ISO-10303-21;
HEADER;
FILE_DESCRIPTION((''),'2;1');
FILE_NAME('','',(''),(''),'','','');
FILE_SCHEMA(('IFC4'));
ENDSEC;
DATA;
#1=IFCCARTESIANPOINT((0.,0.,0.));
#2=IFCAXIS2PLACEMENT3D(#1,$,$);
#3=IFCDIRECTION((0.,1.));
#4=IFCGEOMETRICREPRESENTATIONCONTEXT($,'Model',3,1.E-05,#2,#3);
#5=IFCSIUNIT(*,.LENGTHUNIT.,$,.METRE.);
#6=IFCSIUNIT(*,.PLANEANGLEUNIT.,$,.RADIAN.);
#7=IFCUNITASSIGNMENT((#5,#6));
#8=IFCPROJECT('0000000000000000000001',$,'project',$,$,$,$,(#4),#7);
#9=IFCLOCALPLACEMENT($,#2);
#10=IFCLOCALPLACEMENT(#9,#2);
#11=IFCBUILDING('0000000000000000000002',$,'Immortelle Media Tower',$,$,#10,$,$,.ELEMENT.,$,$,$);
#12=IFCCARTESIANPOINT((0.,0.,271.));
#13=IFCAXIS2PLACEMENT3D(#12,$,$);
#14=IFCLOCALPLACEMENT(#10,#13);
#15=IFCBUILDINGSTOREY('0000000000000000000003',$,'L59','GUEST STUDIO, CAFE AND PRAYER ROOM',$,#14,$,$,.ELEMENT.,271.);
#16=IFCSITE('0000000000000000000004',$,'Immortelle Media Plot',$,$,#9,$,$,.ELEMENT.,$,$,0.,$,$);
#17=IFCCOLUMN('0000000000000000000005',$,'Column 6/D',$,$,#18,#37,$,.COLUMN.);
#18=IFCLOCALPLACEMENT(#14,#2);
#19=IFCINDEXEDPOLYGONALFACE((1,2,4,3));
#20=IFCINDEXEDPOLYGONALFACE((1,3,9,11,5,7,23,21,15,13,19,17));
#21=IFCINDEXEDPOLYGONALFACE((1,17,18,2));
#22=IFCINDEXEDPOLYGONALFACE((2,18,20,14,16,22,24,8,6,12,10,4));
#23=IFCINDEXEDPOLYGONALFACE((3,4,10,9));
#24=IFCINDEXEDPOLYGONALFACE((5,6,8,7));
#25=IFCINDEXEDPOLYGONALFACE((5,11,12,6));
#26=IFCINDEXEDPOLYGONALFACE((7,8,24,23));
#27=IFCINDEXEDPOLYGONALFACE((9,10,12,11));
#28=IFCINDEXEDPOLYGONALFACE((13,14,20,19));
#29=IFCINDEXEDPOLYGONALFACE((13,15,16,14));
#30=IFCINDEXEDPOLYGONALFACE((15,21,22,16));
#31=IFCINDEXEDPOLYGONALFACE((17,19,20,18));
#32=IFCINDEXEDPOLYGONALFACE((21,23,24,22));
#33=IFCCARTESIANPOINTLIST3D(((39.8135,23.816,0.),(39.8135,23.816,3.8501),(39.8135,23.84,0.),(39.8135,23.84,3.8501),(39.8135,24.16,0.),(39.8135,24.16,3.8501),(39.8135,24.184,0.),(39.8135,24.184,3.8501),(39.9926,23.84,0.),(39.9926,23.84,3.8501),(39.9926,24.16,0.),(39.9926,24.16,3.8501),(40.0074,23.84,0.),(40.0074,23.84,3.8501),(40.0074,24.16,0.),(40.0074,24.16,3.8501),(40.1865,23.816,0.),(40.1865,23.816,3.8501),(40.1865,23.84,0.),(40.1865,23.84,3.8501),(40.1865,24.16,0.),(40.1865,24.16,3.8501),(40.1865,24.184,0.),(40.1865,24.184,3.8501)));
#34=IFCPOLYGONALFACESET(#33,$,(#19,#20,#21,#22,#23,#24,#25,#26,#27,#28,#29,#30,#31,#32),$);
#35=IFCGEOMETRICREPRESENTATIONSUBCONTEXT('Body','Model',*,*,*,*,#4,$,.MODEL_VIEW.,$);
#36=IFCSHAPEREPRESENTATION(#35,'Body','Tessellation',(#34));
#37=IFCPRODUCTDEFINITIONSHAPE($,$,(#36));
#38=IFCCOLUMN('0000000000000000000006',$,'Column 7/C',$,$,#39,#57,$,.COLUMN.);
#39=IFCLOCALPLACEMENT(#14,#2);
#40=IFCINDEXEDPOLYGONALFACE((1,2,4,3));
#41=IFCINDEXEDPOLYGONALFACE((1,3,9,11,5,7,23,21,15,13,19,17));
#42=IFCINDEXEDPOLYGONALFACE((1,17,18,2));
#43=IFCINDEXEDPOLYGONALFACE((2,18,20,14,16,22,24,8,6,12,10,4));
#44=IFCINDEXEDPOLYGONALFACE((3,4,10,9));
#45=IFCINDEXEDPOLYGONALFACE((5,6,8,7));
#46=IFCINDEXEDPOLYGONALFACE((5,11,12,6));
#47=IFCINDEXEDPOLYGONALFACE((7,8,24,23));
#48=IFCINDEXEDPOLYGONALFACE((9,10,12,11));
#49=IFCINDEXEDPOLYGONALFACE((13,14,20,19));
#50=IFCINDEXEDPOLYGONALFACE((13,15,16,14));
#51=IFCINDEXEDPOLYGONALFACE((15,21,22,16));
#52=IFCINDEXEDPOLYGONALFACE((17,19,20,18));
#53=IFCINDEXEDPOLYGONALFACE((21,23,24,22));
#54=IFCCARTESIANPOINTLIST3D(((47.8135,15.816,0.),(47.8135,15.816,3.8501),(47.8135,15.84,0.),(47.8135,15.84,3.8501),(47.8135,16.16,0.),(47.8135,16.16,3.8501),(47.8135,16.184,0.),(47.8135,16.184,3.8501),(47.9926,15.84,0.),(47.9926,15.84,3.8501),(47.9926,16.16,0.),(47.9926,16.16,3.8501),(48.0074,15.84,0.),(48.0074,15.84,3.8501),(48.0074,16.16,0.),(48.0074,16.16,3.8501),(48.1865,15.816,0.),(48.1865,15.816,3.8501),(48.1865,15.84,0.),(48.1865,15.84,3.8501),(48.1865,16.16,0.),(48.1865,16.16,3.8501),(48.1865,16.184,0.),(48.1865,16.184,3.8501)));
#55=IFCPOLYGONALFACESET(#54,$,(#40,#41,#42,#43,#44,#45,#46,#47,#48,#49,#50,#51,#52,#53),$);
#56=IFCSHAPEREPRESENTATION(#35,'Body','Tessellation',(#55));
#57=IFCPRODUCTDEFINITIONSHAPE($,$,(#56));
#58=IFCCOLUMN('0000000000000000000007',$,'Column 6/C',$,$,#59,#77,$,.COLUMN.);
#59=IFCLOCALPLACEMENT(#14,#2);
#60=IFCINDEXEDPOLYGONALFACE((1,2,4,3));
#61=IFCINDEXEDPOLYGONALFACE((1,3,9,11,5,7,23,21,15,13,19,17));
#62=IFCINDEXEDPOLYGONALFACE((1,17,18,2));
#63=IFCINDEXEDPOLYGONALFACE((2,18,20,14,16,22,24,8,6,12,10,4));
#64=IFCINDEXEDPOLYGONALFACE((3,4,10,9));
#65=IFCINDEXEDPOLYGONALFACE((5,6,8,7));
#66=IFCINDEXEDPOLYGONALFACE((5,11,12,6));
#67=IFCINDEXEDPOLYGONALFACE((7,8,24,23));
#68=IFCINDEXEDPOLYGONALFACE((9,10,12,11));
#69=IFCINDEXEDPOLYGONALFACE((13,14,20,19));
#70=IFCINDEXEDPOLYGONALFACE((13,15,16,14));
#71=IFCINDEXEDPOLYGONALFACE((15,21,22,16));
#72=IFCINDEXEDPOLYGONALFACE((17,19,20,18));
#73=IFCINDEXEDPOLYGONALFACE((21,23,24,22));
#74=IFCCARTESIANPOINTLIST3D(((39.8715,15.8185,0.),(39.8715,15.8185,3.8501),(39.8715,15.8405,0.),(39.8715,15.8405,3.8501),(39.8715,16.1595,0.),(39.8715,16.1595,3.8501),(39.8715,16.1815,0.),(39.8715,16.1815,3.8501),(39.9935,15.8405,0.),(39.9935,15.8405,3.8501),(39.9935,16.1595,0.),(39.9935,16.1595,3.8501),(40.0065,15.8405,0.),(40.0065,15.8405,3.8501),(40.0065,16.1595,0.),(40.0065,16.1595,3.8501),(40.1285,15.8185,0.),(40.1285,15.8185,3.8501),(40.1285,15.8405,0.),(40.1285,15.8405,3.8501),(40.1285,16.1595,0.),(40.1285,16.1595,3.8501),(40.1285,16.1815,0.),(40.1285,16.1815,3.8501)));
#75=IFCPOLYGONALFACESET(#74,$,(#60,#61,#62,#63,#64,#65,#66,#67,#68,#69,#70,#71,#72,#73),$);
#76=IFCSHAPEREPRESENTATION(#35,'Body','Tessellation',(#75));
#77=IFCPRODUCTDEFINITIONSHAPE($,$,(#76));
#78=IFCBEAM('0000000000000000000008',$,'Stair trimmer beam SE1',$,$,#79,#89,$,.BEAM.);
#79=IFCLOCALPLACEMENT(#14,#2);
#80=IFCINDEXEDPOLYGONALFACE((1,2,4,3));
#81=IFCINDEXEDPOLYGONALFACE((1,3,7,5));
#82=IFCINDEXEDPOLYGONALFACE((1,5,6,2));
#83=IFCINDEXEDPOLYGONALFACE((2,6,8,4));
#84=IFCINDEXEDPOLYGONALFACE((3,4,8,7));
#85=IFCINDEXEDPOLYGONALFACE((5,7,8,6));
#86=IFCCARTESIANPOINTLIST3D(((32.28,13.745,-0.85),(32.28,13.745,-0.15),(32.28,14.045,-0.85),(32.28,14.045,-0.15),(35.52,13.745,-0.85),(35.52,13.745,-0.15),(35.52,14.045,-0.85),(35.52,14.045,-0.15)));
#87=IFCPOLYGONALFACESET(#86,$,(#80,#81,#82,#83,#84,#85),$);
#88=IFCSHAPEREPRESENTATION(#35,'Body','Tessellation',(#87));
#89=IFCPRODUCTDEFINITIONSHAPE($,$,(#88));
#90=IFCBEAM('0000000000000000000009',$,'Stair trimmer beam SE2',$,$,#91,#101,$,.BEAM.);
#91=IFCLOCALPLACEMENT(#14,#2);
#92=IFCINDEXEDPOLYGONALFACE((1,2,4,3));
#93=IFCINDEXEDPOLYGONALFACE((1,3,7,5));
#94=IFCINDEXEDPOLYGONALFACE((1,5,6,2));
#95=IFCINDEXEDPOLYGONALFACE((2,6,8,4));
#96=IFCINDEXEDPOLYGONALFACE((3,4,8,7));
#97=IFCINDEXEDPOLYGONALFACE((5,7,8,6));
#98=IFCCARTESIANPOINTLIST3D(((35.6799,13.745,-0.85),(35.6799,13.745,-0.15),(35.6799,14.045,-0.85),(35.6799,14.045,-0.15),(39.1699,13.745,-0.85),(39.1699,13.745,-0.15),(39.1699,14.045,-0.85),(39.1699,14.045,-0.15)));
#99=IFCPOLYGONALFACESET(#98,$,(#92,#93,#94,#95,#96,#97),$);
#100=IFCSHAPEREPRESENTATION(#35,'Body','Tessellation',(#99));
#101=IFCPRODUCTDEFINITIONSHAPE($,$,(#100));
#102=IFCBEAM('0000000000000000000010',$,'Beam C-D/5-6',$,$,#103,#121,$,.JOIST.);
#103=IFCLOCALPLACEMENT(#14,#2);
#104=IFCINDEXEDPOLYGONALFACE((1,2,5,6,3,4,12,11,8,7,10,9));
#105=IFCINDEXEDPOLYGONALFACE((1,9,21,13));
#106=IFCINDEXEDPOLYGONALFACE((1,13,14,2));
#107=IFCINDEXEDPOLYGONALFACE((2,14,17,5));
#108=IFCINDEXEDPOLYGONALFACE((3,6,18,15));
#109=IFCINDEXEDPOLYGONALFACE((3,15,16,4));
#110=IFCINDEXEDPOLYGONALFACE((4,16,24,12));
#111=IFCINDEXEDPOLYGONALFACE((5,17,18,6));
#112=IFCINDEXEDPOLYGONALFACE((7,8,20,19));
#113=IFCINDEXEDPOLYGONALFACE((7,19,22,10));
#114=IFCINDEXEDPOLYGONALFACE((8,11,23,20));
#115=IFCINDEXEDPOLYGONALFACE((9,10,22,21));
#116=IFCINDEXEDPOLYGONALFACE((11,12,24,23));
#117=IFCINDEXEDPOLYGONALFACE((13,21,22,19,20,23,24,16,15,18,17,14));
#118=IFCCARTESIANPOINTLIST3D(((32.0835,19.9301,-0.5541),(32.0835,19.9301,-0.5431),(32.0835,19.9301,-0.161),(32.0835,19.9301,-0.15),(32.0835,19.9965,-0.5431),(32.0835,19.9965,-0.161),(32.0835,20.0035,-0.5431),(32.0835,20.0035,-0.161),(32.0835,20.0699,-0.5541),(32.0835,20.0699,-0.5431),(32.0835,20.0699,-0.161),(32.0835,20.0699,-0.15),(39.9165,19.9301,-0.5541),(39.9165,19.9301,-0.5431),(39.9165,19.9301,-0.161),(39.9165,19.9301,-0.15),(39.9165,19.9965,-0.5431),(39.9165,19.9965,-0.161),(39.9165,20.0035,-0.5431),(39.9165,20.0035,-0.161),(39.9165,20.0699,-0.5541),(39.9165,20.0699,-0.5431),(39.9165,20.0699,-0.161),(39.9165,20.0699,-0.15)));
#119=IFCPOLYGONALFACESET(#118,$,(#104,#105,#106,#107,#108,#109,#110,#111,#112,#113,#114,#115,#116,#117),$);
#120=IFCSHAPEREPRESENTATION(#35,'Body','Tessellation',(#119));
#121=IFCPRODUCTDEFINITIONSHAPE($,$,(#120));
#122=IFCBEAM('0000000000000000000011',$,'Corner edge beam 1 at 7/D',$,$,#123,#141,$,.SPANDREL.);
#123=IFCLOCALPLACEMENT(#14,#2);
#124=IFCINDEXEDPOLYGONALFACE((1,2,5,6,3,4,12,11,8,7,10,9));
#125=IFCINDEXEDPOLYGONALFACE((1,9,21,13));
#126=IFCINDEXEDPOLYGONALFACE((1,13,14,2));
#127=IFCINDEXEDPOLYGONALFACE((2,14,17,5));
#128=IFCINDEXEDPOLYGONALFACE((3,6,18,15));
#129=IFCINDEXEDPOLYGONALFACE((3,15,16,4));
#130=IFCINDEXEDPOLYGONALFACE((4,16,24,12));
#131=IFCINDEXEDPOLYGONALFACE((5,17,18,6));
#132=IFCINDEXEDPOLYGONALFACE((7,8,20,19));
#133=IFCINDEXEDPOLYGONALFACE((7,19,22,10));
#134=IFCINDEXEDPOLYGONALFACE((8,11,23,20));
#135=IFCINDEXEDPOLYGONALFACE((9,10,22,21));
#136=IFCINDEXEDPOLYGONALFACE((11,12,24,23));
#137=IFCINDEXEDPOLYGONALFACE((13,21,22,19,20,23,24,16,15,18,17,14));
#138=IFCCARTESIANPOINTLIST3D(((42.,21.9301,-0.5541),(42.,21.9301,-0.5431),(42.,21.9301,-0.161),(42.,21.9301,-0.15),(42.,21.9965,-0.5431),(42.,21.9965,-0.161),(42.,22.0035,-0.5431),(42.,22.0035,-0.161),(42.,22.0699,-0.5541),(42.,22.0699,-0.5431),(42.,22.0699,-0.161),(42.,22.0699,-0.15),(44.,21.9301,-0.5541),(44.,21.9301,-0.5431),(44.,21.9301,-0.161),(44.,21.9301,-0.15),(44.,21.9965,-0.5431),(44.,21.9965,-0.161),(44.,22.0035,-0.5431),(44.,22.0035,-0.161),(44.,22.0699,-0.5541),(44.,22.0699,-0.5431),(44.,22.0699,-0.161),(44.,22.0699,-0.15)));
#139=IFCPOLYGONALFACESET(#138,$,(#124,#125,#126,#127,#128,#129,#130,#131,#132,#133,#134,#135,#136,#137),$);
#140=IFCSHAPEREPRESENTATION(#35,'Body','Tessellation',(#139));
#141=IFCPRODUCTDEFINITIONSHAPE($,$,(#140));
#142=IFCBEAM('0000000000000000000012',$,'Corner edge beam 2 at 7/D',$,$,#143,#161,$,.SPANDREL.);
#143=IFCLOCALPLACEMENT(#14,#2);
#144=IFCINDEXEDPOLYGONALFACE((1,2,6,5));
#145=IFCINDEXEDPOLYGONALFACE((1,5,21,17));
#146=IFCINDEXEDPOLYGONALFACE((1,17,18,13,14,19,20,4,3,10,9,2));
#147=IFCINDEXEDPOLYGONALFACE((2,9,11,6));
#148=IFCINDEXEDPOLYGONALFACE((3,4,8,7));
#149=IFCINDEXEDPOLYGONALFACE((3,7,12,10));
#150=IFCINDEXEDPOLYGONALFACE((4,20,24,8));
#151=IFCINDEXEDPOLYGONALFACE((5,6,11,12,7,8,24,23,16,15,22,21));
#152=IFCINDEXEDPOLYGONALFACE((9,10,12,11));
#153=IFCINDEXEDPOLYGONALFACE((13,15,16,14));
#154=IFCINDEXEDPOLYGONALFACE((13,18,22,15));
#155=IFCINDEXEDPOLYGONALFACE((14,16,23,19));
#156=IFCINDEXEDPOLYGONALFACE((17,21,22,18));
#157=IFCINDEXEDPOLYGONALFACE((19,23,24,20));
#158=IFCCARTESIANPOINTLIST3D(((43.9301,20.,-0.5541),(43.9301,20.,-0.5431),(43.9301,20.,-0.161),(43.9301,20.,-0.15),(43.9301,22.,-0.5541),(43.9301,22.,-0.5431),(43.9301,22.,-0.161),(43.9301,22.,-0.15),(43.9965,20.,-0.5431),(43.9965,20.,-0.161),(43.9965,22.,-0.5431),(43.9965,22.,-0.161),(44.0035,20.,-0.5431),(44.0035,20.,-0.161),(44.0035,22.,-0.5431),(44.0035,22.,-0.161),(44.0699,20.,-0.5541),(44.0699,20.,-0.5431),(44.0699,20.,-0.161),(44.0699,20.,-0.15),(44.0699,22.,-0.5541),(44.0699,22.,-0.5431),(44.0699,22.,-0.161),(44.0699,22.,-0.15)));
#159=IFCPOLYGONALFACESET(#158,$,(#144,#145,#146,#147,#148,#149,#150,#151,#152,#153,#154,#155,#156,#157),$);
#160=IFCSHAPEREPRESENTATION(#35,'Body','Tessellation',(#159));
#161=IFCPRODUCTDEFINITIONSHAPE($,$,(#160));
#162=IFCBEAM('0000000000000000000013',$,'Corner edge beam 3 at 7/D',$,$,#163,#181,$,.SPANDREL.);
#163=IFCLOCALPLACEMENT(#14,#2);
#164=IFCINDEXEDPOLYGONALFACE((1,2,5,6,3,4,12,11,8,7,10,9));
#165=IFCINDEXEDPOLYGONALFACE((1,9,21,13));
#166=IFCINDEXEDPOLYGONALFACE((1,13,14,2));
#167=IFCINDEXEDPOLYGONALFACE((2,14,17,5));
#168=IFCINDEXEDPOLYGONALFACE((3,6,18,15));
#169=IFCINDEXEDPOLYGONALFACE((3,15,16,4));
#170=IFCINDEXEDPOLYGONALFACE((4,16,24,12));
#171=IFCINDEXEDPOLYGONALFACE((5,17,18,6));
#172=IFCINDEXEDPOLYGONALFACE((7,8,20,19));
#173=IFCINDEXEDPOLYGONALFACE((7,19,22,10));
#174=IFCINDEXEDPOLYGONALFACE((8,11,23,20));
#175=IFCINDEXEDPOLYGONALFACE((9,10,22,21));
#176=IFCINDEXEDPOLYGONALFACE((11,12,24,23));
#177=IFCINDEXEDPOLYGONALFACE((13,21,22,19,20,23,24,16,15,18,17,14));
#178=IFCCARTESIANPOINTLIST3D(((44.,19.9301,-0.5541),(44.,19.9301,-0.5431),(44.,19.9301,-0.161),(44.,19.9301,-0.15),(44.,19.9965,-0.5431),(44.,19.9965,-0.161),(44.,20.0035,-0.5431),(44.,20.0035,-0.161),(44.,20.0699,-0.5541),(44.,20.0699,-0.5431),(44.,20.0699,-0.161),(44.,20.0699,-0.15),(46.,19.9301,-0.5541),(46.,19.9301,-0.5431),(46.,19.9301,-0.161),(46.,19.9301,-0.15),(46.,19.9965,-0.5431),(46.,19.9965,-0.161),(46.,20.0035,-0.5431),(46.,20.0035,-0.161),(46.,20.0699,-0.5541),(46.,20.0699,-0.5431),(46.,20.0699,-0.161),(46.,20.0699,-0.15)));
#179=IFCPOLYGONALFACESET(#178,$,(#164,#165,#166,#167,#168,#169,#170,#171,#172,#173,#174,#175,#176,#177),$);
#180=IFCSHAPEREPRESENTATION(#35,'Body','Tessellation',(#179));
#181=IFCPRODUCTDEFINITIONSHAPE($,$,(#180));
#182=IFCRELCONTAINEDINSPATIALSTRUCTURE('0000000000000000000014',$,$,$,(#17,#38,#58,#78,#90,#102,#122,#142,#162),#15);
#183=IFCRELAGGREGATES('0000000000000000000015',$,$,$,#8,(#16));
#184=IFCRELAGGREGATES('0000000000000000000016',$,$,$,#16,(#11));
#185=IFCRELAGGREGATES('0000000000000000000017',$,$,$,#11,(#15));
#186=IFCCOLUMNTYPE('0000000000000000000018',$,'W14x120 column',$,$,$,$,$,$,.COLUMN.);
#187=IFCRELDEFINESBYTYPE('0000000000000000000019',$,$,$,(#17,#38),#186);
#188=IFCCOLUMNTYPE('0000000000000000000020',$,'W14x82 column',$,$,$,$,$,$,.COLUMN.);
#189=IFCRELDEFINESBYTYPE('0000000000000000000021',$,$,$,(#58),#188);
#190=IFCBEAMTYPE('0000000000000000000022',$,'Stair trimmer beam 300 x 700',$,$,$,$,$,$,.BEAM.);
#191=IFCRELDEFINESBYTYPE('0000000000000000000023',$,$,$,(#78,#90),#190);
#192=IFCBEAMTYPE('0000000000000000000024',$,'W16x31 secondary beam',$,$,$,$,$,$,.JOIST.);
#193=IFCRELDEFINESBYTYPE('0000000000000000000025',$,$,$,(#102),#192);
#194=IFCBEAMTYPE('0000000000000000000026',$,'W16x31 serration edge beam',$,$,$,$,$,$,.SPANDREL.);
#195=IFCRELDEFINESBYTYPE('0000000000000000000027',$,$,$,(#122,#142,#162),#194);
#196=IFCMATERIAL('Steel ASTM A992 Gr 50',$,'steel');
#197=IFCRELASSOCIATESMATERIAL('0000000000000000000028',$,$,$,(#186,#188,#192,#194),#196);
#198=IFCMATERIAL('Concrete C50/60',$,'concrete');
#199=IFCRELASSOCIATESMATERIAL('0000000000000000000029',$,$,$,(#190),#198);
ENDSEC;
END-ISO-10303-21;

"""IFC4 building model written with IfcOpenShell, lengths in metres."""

from ifc_helpers import new_model, si_unit, direction, frame, origin, origin_2d, place, context, subcontext, project, spatial, rectangle, i_section, extrude, material, material_profile, profile_set, type_object, element, save


model = new_model("IFC4")

# Units and contexts
model_context = context("Model", 3, precision=1e-05, world=origin(), true_north=direction((0.0, 1.0)))
body_context = subcontext(model_context, "Body", "Model", "MODEL_VIEW")
ifc_project = project(units=[si_unit("LENGTHUNIT", "METRE"), si_unit("PLANEANGLEUNIT", "RADIAN")], contexts=[model_context])

# Site, building, storey
site_placement = place(None, origin())
site = spatial("IfcSite", under=ifc_project, at=site_placement, Name="Immortelle Media Plot", CompositionType="ELEMENT", RefElevation=0.0)
building_placement = place(site_placement, origin())
building = spatial("IfcBuilding", under=site, at=building_placement, Name="Immortelle Media Tower", CompositionType="ELEMENT")
storey_placement = place(building_placement, frame((0.0, 0.0, 271.0)))
storey = spatial("IfcBuildingStorey", under=building, at=storey_placement, Name="L59", Description="GUEST STUDIO, CAFE AND PRAYER ROOM", CompositionType="ELEMENT", Elevation=271.0)

# Columns
ifc_material_1 = material(Name="Steel ASTM A992 Gr 50", Category="steel")
ifc_material_profile_1 = material_profile(ifc_material_1, i_section(OverallWidth=0.373, OverallDepth=0.3679, WebThickness=0.0149, FlangeThickness=0.0239, at=origin_2d()), Name="W14x120")
ifc_profile_set_1 = profile_set([ifc_material_profile_1], Name="Steel ASTM A992 Gr 50")
column_type_1 = type_object("IfcColumnType", Name="W14x120 column", PredefinedType="COLUMN", material=ifc_profile_set_1)
for number, where, z_axis, x_axis, name in (
    (1, (40.0, 24.0, 0.0), (0.0, 0.0, 1.0), (1.0, 0.0, 0.0), "Column 6/D"),
    (2, (48.0, 16.0, 0.0), (0.0, 0.0, 1.0), (1.0, 0.0, 0.0), "Column 7/C"),
):
    element("IfcColumn", number, at=place(storey_placement, frame(where, z_axis=z_axis, x_axis=x_axis)), inside=storey, type_object=column_type_1, Name=name, PredefinedType="COLUMN", context=body_context, shape_type="SweptSolid", body=[
        extrude(i_section(OverallWidth=0.373, OverallDepth=0.3679, WebThickness=0.0149, FlangeThickness=0.0239, at=origin_2d()), origin(), (0.0, 0.0, 1.0), 3.8501),
    ])
ifc_material_profile_2 = material_profile(ifc_material_1, i_section(OverallWidth=0.2571, OverallDepth=0.363, WebThickness=0.0129, FlangeThickness=0.022, at=origin_2d()), Name="W14x82")
ifc_profile_set_2 = profile_set([ifc_material_profile_2], Name="Steel ASTM A992 Gr 50")
column_type_2 = type_object("IfcColumnType", Name="W14x82 column", PredefinedType="COLUMN", material=ifc_profile_set_2)
column_placement = place(storey_placement, frame((40.0, 16.0, 0.0), z_axis=(0.0, 0.0, 1.0), x_axis=(1.0, 0.0, 0.0)))
element("IfcColumn", 3, at=column_placement, inside=storey, type_object=column_type_2, Name="Column 6/C", PredefinedType="COLUMN", context=body_context, shape_type="SweptSolid", body=[
    extrude(i_section(OverallWidth=0.2571, OverallDepth=0.363, WebThickness=0.0129, FlangeThickness=0.022, at=origin_2d()), origin(), (0.0, 0.0, 1.0), 3.8501),
])

# Beams
ifc_material_2 = material(Name="Concrete C50/60", Category="concrete")
ifc_material_profile_3 = material_profile(ifc_material_2, rectangle(XDim=0.3, YDim=0.7, at=origin_2d()), Name="RC 300x700")
ifc_profile_set_3 = profile_set([ifc_material_profile_3], Name="Concrete C50/60")
beam_type_1 = type_object("IfcBeamType", Name="Stair trimmer beam 300 x 700", PredefinedType="BEAM", material=ifc_profile_set_3)
beam_1_placement = place(storey_placement, frame((32.28, 13.895, -0.5), z_axis=(1.0, 0.0, 0.0), x_axis=(0.0, 1.0, 0.0)))
element("IfcBeam", 4, at=beam_1_placement, inside=storey, type_object=beam_type_1, Name="Stair trimmer beam SE1", PredefinedType="BEAM", context=body_context, shape_type="SweptSolid", body=[
    extrude(rectangle(XDim=0.3, YDim=0.7, at=origin_2d()), origin(), (0.0, 0.0, 1.0), 3.24),
])
beam_2_placement = place(storey_placement, frame((35.6799, 13.895, -0.5), z_axis=(1.0, 0.0, 0.0), x_axis=(0.0, 1.0, 0.0)))
element("IfcBeam", 5, at=beam_2_placement, inside=storey, type_object=beam_type_1, Name="Stair trimmer beam SE2", PredefinedType="BEAM", context=body_context, shape_type="SweptSolid", body=[
    extrude(rectangle(XDim=0.3, YDim=0.7, at=origin_2d()), origin(), (0.0, 0.0, 1.0), 3.49),
])
ifc_material_profile_4 = material_profile(ifc_material_1, i_section(OverallWidth=0.1399, OverallDepth=0.4041, WebThickness=0.0071, FlangeThickness=0.011, at=origin_2d()), Name="W16x31")
ifc_profile_set_4 = profile_set([ifc_material_profile_4], Name="Steel ASTM A992 Gr 50")
beam_type_2 = type_object("IfcBeamType", Name="W16x31 secondary beam", PredefinedType="JOIST", material=ifc_profile_set_4)
beam_3_placement = place(storey_placement, frame((32.0835, 20.0, -0.3521), z_axis=(1.0, 0.0, 0.0), x_axis=(0.0, 1.0, 0.0)))
element("IfcBeam", 6, at=beam_3_placement, inside=storey, type_object=beam_type_2, Name="Beam C-D/5-6", PredefinedType="JOIST", context=body_context, shape_type="SweptSolid", body=[
    extrude(i_section(OverallWidth=0.1399, OverallDepth=0.4041, WebThickness=0.0071, FlangeThickness=0.011, at=origin_2d()), origin(), (0.0, 0.0, 1.0), 7.833),
])
ifc_material_profile_5 = material_profile(ifc_material_1, i_section(OverallWidth=0.1399, OverallDepth=0.4041, WebThickness=0.0071, FlangeThickness=0.011, at=origin_2d()), Name="W16x31")
ifc_profile_set_5 = profile_set([ifc_material_profile_5], Name="Steel ASTM A992 Gr 50")
beam_type_3 = type_object("IfcBeamType", Name="W16x31 serration edge beam", PredefinedType="SPANDREL", material=ifc_profile_set_5)
for number, where, z_axis, x_axis, name in (
    (7, (42.0, 22.0, -0.3521), (1.0, 0.0, 0.0), (0.0, 1.0, 0.0), "Corner edge beam 1 at 7/D"),
    (8, (44.0, 22.0, -0.3521), (0.0, -1.0, 0.0), (1.0, 0.0, 0.0), "Corner edge beam 2 at 7/D"),
    (9, (44.0, 20.0, -0.3521), (1.0, 0.0, 0.0), (0.0, 1.0, 0.0), "Corner edge beam 3 at 7/D"),
):
    element("IfcBeam", number, at=place(storey_placement, frame(where, z_axis=z_axis, x_axis=x_axis)), inside=storey, type_object=beam_type_3, Name=name, PredefinedType="SPANDREL", context=body_context, shape_type="SweptSolid", body=[
        extrude(i_section(OverallWidth=0.1399, OverallDepth=0.4041, WebThickness=0.0071, FlangeThickness=0.011, at=origin_2d()), origin(), (0.0, 0.0, 1.0), 2.0),
    ])

save(model, "model.ifc")
